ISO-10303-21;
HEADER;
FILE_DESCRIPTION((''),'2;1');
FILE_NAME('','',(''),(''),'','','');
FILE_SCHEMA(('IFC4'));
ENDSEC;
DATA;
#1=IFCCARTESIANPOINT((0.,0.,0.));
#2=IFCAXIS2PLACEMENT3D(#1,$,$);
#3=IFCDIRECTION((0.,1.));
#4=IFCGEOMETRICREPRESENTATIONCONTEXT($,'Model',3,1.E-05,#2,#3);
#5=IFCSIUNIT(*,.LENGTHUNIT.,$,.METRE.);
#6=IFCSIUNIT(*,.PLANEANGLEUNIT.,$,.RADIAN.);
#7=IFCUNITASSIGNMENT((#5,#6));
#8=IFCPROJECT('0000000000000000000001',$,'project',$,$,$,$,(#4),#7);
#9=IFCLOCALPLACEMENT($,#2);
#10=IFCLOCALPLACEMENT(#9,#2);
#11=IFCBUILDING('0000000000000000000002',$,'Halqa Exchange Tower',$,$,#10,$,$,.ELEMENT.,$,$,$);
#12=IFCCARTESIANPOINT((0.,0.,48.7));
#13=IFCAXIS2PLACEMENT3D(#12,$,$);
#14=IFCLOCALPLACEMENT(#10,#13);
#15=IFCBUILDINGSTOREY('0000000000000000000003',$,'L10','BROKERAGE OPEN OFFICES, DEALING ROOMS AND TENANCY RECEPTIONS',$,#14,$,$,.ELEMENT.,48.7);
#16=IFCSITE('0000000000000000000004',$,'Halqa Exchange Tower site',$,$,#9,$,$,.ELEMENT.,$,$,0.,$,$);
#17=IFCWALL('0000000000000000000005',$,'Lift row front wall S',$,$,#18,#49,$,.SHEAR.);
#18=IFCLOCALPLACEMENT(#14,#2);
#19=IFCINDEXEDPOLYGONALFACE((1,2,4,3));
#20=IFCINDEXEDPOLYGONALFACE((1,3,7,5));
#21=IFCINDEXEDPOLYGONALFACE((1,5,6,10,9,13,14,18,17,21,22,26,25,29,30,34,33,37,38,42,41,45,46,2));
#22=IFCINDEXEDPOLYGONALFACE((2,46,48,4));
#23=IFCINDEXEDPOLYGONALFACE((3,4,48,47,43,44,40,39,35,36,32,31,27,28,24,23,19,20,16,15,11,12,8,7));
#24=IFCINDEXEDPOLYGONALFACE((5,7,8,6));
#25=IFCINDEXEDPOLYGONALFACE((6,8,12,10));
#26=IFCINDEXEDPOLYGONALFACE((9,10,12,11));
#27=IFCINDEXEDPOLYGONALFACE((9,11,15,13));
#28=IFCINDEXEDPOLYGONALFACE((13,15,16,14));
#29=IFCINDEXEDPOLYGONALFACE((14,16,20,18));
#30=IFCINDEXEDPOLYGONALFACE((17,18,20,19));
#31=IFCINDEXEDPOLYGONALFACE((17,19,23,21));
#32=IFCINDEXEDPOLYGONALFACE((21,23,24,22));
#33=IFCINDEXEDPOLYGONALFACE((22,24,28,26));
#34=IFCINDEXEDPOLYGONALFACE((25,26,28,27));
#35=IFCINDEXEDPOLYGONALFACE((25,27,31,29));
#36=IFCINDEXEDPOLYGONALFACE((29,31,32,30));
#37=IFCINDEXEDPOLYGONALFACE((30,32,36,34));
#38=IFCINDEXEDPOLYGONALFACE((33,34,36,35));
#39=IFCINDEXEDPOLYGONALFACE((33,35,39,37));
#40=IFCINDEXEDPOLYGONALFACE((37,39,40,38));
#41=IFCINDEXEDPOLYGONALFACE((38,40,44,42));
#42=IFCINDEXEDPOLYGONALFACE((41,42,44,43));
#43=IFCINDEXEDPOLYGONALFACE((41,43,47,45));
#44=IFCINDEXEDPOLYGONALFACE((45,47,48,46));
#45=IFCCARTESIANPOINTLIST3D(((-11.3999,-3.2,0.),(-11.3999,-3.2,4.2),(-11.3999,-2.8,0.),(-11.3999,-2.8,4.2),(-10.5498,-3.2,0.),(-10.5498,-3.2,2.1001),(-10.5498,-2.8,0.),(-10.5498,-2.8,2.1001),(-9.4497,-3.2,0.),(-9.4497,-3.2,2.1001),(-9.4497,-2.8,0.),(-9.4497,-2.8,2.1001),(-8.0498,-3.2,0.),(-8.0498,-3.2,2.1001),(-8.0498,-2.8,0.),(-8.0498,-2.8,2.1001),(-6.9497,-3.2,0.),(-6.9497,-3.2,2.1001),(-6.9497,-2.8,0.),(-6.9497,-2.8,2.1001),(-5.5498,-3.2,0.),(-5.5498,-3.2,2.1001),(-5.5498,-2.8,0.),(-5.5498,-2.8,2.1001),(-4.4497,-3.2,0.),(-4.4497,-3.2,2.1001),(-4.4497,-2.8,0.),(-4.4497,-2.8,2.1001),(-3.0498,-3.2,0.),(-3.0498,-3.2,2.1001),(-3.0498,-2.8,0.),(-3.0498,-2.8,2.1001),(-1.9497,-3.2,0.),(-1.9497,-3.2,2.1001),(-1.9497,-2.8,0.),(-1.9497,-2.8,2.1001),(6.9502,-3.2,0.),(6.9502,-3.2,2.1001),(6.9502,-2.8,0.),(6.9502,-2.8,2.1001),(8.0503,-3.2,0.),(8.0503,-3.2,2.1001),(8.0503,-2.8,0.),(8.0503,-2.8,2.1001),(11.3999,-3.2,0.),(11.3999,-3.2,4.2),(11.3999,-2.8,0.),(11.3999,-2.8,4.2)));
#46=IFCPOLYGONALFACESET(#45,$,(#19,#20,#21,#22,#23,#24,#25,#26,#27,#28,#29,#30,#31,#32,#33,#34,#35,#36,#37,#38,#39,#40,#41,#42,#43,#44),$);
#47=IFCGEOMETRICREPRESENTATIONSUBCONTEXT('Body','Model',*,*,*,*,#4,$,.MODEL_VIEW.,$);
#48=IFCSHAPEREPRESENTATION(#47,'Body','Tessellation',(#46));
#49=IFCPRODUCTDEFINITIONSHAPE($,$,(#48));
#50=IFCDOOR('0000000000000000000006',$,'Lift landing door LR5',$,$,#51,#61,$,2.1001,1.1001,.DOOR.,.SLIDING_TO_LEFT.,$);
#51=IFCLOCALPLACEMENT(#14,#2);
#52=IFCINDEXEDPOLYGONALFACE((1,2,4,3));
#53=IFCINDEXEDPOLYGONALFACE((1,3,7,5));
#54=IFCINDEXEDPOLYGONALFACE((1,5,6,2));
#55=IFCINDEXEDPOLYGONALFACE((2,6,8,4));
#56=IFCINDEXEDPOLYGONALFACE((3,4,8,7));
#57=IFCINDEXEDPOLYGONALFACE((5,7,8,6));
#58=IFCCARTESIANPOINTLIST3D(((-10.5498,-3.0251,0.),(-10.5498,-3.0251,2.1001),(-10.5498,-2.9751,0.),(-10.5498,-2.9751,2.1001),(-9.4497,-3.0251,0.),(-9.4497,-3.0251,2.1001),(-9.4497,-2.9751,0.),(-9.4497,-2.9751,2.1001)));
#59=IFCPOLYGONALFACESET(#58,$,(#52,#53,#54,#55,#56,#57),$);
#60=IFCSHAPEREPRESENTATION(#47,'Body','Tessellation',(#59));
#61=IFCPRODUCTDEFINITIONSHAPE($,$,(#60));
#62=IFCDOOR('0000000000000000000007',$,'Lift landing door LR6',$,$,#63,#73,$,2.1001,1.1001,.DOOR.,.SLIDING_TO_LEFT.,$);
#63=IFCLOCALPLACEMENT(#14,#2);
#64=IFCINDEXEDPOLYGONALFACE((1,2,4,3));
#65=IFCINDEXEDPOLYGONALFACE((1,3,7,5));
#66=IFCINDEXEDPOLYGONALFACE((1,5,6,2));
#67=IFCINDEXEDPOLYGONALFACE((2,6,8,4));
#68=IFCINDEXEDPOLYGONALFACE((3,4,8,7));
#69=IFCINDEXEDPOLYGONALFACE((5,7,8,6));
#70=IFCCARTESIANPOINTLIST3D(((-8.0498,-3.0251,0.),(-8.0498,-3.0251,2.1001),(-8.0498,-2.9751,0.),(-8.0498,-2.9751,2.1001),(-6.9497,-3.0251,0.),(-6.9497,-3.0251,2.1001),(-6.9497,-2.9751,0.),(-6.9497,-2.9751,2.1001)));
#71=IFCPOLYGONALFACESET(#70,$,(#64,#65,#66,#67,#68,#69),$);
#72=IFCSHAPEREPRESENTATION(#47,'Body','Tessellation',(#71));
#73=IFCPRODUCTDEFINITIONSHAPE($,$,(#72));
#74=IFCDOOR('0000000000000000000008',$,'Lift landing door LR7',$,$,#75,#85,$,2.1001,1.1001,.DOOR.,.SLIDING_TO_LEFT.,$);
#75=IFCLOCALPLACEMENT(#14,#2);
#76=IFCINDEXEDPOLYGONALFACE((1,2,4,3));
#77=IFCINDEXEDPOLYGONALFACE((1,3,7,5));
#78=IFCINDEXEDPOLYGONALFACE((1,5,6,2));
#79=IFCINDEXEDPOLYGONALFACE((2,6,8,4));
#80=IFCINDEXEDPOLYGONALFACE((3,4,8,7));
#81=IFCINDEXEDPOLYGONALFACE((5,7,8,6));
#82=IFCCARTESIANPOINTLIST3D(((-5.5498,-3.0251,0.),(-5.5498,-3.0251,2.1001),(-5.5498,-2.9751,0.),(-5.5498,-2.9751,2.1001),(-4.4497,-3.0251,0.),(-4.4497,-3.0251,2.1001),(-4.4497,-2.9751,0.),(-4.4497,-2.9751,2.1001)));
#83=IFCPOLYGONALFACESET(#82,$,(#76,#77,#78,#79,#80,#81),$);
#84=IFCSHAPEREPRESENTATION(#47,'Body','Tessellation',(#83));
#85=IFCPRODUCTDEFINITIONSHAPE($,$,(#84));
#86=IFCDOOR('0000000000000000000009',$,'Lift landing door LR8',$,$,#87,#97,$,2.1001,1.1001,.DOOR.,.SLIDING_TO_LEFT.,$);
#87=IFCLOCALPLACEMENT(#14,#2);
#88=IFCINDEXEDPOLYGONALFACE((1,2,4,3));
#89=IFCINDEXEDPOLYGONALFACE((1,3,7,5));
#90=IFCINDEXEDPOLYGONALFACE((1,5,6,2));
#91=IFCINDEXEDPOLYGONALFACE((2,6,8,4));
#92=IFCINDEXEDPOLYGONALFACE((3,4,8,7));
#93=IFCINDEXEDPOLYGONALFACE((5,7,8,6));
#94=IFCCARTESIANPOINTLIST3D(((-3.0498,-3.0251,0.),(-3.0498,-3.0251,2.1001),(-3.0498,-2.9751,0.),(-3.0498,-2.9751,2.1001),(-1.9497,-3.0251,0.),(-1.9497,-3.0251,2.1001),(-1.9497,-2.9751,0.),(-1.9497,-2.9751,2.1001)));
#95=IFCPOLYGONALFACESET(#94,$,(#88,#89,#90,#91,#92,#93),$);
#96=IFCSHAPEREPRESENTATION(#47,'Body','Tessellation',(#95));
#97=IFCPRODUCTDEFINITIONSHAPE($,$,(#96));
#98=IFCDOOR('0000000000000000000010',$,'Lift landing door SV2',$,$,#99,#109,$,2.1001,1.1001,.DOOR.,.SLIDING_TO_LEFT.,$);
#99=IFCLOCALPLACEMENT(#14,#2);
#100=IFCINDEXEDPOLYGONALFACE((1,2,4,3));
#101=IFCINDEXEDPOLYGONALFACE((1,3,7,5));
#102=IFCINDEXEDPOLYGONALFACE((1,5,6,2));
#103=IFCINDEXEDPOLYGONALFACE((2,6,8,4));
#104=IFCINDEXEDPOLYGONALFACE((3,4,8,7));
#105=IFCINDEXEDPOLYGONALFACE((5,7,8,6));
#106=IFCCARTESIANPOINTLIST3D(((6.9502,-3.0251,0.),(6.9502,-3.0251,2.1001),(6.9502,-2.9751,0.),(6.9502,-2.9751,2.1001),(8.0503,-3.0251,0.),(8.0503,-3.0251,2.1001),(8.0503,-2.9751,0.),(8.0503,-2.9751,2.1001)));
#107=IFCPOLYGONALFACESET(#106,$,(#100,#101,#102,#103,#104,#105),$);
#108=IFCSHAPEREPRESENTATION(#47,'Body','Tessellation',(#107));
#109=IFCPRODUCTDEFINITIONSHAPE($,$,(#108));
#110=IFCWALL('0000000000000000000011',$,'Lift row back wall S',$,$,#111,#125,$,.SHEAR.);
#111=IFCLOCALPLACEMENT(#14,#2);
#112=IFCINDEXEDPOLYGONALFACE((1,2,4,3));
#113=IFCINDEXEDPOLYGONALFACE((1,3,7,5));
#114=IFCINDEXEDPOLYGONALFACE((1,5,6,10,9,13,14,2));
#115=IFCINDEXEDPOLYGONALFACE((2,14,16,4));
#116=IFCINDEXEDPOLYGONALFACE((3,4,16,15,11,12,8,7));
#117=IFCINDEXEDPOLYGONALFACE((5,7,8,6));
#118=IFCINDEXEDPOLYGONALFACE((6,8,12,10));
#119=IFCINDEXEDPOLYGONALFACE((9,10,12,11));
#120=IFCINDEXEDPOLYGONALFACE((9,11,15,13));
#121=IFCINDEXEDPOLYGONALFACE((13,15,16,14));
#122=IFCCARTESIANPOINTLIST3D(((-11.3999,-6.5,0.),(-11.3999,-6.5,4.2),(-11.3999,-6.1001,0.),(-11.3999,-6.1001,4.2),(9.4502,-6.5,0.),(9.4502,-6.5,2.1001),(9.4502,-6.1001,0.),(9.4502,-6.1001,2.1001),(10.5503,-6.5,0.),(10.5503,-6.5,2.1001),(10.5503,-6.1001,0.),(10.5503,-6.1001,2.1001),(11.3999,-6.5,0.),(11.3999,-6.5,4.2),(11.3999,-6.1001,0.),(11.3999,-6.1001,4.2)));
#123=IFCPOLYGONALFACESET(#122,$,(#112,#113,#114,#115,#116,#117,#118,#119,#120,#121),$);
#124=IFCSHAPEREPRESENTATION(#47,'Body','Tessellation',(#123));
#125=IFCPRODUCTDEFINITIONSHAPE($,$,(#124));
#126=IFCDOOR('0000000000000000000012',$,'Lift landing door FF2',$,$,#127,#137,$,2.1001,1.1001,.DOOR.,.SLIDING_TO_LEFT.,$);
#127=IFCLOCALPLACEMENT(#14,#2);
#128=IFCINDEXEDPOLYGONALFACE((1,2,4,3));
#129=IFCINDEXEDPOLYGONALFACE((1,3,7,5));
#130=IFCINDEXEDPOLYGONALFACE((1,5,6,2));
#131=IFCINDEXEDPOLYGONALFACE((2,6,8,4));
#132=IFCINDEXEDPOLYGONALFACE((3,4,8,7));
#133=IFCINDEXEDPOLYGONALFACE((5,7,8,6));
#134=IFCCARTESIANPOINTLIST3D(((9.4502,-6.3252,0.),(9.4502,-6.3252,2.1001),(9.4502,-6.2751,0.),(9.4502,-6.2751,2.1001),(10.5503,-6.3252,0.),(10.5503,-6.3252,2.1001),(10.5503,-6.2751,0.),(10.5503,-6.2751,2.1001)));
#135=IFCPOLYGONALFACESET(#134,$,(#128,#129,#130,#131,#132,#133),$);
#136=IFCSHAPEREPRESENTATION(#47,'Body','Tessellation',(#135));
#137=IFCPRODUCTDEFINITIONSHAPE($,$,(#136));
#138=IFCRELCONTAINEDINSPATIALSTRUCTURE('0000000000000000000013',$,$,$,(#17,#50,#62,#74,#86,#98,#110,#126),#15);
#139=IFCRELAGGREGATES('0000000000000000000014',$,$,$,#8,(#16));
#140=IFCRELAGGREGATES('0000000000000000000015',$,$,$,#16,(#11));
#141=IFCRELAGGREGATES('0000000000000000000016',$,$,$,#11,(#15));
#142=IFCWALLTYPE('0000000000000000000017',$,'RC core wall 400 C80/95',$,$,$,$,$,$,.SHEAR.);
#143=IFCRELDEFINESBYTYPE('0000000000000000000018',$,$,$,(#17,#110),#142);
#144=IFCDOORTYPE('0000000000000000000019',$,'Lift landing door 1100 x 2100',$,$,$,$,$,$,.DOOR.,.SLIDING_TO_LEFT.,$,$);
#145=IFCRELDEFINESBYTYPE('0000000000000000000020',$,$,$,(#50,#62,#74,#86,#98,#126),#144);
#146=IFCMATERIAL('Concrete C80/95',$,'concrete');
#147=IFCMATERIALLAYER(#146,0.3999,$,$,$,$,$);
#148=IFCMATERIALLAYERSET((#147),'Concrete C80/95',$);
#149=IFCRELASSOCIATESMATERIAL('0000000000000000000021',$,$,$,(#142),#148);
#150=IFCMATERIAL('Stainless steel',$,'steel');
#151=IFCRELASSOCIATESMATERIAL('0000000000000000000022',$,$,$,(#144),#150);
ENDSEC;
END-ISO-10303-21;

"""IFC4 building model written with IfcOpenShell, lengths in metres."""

from ifc_helpers import new_model, si_unit, direction, frame, frame_2d, origin, place, context, subcontext, project, spatial, rectangle, extrude, material, layer, layer_set, type_object, element, fill, save


model = new_model("IFC4")

# Units and contexts
model_context = context("Model", 3, precision=1e-05, world=origin(), true_north=direction((0.0, 1.0)))
body_context = subcontext(model_context, "Body", "Model", "MODEL_VIEW")
ifc_project = project(units=[si_unit("LENGTHUNIT", "METRE"), si_unit("PLANEANGLEUNIT", "RADIAN")], contexts=[model_context])

# Site, building, storey
site_placement = place(None, origin())
site = spatial("IfcSite", under=ifc_project, at=site_placement, Name="Halqa Exchange Tower site", CompositionType="ELEMENT", RefElevation=0.0)
building_placement = place(site_placement, origin())
building = spatial("IfcBuilding", under=site, at=building_placement, Name="Halqa Exchange Tower", CompositionType="ELEMENT")
storey_placement = place(building_placement, frame((0.0, 0.0, 48.7)))
storey = spatial("IfcBuildingStorey", under=building, at=storey_placement, Name="L10", Description="BROKERAGE OPEN OFFICES, DEALING ROOMS AND TENANCY RECEPTIONS", CompositionType="ELEMENT", Elevation=48.7)

# Wall, openings, doors
ifc_material_1 = material(Name="Concrete C80/95", Category="concrete")
ifc_layer_1 = layer(ifc_material_1, 0.3999)
ifc_layer_set_1 = layer_set([ifc_layer_1], Name="Concrete C80/95")
wall_type_1 = type_object("IfcWallType", Name="RC core wall 400 C80/95", PredefinedType="SHEAR", material=ifc_layer_set_1)
wall_1_placement = place(storey_placement, frame((-11.3999, -3.0, 0.0), z_axis=(0.0, 0.0, 1.0), x_axis=(1.0, 0.0, 0.0)))
wall_1 = element("IfcWall", 1, at=wall_1_placement, inside=storey, type_object=wall_type_1, Name="Lift row front wall S", PredefinedType="SHEAR", context=body_context, shape_type="SweptSolid", body=[
    extrude(rectangle(XDim=22.7998, YDim=0.3999, at=frame_2d((11.3999, 0.0))), origin(), (0.0, 0.0, 1.0), 4.2),
])
opening_1_placement = place(wall_1_placement, frame((0.8501, 0.0, 0.0)))
opening_1 = element("IfcOpeningElement", 2, at=opening_1_placement, cuts=wall_1, PredefinedType="OPENING", context=body_context, shape_type="SweptSolid", body=[
    extrude(rectangle(XDim=1.1001, YDim=2.1001, at=frame_2d((0.55, 1.05))), frame((0.0, 0.2119, 0.0), z_axis=(0.0, -1.0, 0.0), x_axis=(1.0, 0.0, 0.0)), (0.0, 0.0, 1.0), 0.4238),
])
opening_2_placement = place(wall_1_placement, frame((3.3501, 0.0, 0.0)))
opening_2 = element("IfcOpeningElement", 3, at=opening_2_placement, cuts=wall_1, PredefinedType="OPENING", context=body_context, shape_type="SweptSolid", body=[
    extrude(rectangle(XDim=1.1001, YDim=2.1001, at=frame_2d((0.55, 1.05))), frame((0.0, 0.2119, 0.0), z_axis=(0.0, -1.0, 0.0), x_axis=(1.0, 0.0, 0.0)), (0.0, 0.0, 1.0), 0.4238),
])
opening_3_placement = place(wall_1_placement, frame((5.8501, 0.0, 0.0)))
opening_3 = element("IfcOpeningElement", 4, at=opening_3_placement, cuts=wall_1, PredefinedType="OPENING", context=body_context, shape_type="SweptSolid", body=[
    extrude(rectangle(XDim=1.1001, YDim=2.1001, at=frame_2d((0.55, 1.05))), frame((0.0, 0.2119, 0.0), z_axis=(0.0, -1.0, 0.0), x_axis=(1.0, 0.0, 0.0)), (0.0, 0.0, 1.0), 0.4238),
])
opening_4_placement = place(wall_1_placement, frame((8.3501, 0.0, 0.0)))
opening_4 = element("IfcOpeningElement", 5, at=opening_4_placement, cuts=wall_1, PredefinedType="OPENING", context=body_context, shape_type="SweptSolid", body=[
    extrude(rectangle(XDim=1.1001, YDim=2.1001, at=frame_2d((0.55, 1.05))), frame((0.0, 0.2119, 0.0), z_axis=(0.0, -1.0, 0.0), x_axis=(1.0, 0.0, 0.0)), (0.0, 0.0, 1.0), 0.4238),
])
opening_5_placement = place(wall_1_placement, frame((18.3501, 0.0, 0.0)))
opening_5 = element("IfcOpeningElement", 6, at=opening_5_placement, cuts=wall_1, PredefinedType="OPENING", context=body_context, shape_type="SweptSolid", body=[
    extrude(rectangle(XDim=1.1001, YDim=2.1001, at=frame_2d((0.55, 1.05))), frame((0.0, 0.2119, 0.0), z_axis=(0.0, -1.0, 0.0), x_axis=(1.0, 0.0, 0.0)), (0.0, 0.0, 1.0), 0.4238),
])
ifc_material_2 = material(Name="Stainless steel", Category="steel")
door_type = type_object("IfcDoorType", Name="Lift landing door 1100 x 2100", OperationType="SLIDING_TO_LEFT", PredefinedType="DOOR", material=ifc_material_2)
door_1_placement = place(opening_1_placement, origin())
door_1 = element("IfcDoor", 7, at=door_1_placement, inside=storey, type_object=door_type, Name="Lift landing door LR5", OperationType="SLIDING_TO_LEFT", OverallHeight=2.1001, OverallWidth=1.1001, PredefinedType="DOOR", context=body_context, shape_type="SweptSolid", body=[
    extrude(rectangle(XDim=1.1001, YDim=2.1001, at=frame_2d((0.55, 1.05))), frame((0.0, 0.0249, 0.0), z_axis=(0.0, -1.0, 0.0), x_axis=(1.0, 0.0, 0.0)), (0.0, 0.0, 1.0), 0.05),
])
fill(opening_1, door_1)
door_2_placement = place(opening_2_placement, origin())
door_2 = element("IfcDoor", 8, at=door_2_placement, inside=storey, type_object=door_type, Name="Lift landing door LR6", OperationType="SLIDING_TO_LEFT", OverallHeight=2.1001, OverallWidth=1.1001, PredefinedType="DOOR", context=body_context, shape_type="SweptSolid", body=[
    extrude(rectangle(XDim=1.1001, YDim=2.1001, at=frame_2d((0.55, 1.05))), frame((0.0, 0.0249, 0.0), z_axis=(0.0, -1.0, 0.0), x_axis=(1.0, 0.0, 0.0)), (0.0, 0.0, 1.0), 0.05),
])
fill(opening_2, door_2)
door_3_placement = place(opening_3_placement, origin())
door_3 = element("IfcDoor", 9, at=door_3_placement, inside=storey, type_object=door_type, Name="Lift landing door LR7", OperationType="SLIDING_TO_LEFT", OverallHeight=2.1001, OverallWidth=1.1001, PredefinedType="DOOR", context=body_context, shape_type="SweptSolid", body=[
    extrude(rectangle(XDim=1.1001, YDim=2.1001, at=frame_2d((0.55, 1.05))), frame((0.0, 0.0249, 0.0), z_axis=(0.0, -1.0, 0.0), x_axis=(1.0, 0.0, 0.0)), (0.0, 0.0, 1.0), 0.05),
])
fill(opening_3, door_3)
door_4_placement = place(opening_4_placement, origin())
door_4 = element("IfcDoor", 10, at=door_4_placement, inside=storey, type_object=door_type, Name="Lift landing door LR8", OperationType="SLIDING_TO_LEFT", OverallHeight=2.1001, OverallWidth=1.1001, PredefinedType="DOOR", context=body_context, shape_type="SweptSolid", body=[
    extrude(rectangle(XDim=1.1001, YDim=2.1001, at=frame_2d((0.55, 1.05))), frame((0.0, 0.0249, 0.0), z_axis=(0.0, -1.0, 0.0), x_axis=(1.0, 0.0, 0.0)), (0.0, 0.0, 1.0), 0.05),
])
fill(opening_4, door_4)
door_5_placement = place(opening_5_placement, origin())
door_5 = element("IfcDoor", 11, at=door_5_placement, inside=storey, type_object=door_type, Name="Lift landing door SV2", OperationType="SLIDING_TO_LEFT", OverallHeight=2.1001, OverallWidth=1.1001, PredefinedType="DOOR", context=body_context, shape_type="SweptSolid", body=[
    extrude(rectangle(XDim=1.1001, YDim=2.1001, at=frame_2d((0.55, 1.05))), frame((0.0, 0.0249, 0.0), z_axis=(0.0, -1.0, 0.0), x_axis=(1.0, 0.0, 0.0)), (0.0, 0.0, 1.0), 0.05),
])
fill(opening_5, door_5)

# Wall, opening, door
wall_2_placement = place(storey_placement, frame((-11.3999, -6.3, 0.0), z_axis=(0.0, 0.0, 1.0), x_axis=(1.0, 0.0, 0.0)))
wall_2 = element("IfcWall", 12, at=wall_2_placement, inside=storey, type_object=wall_type_1, Name="Lift row back wall S", PredefinedType="SHEAR", context=body_context, shape_type="SweptSolid", body=[
    extrude(rectangle(XDim=22.7998, YDim=0.3999, at=frame_2d((11.3999, 0.0))), origin(), (0.0, 0.0, 1.0), 4.2),
])
opening_6_placement = place(wall_2_placement, frame((20.8501, 0.0, 0.0)))
opening_6 = element("IfcOpeningElement", 13, at=opening_6_placement, cuts=wall_2, PredefinedType="OPENING", context=body_context, shape_type="SweptSolid", body=[
    extrude(rectangle(XDim=1.1001, YDim=2.1001, at=frame_2d((0.55, 1.05))), frame((0.0, 0.2119, 0.0), z_axis=(0.0, -1.0, 0.0), x_axis=(1.0, 0.0, 0.0)), (0.0, 0.0, 1.0), 0.4238),
])
door_6_placement = place(opening_6_placement, origin())
door_6 = element("IfcDoor", 14, at=door_6_placement, inside=storey, type_object=door_type, Name="Lift landing door FF2", OperationType="SLIDING_TO_LEFT", OverallHeight=2.1001, OverallWidth=1.1001, PredefinedType="DOOR", context=body_context, shape_type="SweptSolid", body=[
    extrude(rectangle(XDim=1.1001, YDim=2.1001, at=frame_2d((0.55, 1.05))), frame((0.0, 0.0249, 0.0), z_axis=(0.0, -1.0, 0.0), x_axis=(1.0, 0.0, 0.0)), (0.0, 0.0, 1.0), 0.05),
])
fill(opening_6, door_6)

save(model, "model.ifc")
